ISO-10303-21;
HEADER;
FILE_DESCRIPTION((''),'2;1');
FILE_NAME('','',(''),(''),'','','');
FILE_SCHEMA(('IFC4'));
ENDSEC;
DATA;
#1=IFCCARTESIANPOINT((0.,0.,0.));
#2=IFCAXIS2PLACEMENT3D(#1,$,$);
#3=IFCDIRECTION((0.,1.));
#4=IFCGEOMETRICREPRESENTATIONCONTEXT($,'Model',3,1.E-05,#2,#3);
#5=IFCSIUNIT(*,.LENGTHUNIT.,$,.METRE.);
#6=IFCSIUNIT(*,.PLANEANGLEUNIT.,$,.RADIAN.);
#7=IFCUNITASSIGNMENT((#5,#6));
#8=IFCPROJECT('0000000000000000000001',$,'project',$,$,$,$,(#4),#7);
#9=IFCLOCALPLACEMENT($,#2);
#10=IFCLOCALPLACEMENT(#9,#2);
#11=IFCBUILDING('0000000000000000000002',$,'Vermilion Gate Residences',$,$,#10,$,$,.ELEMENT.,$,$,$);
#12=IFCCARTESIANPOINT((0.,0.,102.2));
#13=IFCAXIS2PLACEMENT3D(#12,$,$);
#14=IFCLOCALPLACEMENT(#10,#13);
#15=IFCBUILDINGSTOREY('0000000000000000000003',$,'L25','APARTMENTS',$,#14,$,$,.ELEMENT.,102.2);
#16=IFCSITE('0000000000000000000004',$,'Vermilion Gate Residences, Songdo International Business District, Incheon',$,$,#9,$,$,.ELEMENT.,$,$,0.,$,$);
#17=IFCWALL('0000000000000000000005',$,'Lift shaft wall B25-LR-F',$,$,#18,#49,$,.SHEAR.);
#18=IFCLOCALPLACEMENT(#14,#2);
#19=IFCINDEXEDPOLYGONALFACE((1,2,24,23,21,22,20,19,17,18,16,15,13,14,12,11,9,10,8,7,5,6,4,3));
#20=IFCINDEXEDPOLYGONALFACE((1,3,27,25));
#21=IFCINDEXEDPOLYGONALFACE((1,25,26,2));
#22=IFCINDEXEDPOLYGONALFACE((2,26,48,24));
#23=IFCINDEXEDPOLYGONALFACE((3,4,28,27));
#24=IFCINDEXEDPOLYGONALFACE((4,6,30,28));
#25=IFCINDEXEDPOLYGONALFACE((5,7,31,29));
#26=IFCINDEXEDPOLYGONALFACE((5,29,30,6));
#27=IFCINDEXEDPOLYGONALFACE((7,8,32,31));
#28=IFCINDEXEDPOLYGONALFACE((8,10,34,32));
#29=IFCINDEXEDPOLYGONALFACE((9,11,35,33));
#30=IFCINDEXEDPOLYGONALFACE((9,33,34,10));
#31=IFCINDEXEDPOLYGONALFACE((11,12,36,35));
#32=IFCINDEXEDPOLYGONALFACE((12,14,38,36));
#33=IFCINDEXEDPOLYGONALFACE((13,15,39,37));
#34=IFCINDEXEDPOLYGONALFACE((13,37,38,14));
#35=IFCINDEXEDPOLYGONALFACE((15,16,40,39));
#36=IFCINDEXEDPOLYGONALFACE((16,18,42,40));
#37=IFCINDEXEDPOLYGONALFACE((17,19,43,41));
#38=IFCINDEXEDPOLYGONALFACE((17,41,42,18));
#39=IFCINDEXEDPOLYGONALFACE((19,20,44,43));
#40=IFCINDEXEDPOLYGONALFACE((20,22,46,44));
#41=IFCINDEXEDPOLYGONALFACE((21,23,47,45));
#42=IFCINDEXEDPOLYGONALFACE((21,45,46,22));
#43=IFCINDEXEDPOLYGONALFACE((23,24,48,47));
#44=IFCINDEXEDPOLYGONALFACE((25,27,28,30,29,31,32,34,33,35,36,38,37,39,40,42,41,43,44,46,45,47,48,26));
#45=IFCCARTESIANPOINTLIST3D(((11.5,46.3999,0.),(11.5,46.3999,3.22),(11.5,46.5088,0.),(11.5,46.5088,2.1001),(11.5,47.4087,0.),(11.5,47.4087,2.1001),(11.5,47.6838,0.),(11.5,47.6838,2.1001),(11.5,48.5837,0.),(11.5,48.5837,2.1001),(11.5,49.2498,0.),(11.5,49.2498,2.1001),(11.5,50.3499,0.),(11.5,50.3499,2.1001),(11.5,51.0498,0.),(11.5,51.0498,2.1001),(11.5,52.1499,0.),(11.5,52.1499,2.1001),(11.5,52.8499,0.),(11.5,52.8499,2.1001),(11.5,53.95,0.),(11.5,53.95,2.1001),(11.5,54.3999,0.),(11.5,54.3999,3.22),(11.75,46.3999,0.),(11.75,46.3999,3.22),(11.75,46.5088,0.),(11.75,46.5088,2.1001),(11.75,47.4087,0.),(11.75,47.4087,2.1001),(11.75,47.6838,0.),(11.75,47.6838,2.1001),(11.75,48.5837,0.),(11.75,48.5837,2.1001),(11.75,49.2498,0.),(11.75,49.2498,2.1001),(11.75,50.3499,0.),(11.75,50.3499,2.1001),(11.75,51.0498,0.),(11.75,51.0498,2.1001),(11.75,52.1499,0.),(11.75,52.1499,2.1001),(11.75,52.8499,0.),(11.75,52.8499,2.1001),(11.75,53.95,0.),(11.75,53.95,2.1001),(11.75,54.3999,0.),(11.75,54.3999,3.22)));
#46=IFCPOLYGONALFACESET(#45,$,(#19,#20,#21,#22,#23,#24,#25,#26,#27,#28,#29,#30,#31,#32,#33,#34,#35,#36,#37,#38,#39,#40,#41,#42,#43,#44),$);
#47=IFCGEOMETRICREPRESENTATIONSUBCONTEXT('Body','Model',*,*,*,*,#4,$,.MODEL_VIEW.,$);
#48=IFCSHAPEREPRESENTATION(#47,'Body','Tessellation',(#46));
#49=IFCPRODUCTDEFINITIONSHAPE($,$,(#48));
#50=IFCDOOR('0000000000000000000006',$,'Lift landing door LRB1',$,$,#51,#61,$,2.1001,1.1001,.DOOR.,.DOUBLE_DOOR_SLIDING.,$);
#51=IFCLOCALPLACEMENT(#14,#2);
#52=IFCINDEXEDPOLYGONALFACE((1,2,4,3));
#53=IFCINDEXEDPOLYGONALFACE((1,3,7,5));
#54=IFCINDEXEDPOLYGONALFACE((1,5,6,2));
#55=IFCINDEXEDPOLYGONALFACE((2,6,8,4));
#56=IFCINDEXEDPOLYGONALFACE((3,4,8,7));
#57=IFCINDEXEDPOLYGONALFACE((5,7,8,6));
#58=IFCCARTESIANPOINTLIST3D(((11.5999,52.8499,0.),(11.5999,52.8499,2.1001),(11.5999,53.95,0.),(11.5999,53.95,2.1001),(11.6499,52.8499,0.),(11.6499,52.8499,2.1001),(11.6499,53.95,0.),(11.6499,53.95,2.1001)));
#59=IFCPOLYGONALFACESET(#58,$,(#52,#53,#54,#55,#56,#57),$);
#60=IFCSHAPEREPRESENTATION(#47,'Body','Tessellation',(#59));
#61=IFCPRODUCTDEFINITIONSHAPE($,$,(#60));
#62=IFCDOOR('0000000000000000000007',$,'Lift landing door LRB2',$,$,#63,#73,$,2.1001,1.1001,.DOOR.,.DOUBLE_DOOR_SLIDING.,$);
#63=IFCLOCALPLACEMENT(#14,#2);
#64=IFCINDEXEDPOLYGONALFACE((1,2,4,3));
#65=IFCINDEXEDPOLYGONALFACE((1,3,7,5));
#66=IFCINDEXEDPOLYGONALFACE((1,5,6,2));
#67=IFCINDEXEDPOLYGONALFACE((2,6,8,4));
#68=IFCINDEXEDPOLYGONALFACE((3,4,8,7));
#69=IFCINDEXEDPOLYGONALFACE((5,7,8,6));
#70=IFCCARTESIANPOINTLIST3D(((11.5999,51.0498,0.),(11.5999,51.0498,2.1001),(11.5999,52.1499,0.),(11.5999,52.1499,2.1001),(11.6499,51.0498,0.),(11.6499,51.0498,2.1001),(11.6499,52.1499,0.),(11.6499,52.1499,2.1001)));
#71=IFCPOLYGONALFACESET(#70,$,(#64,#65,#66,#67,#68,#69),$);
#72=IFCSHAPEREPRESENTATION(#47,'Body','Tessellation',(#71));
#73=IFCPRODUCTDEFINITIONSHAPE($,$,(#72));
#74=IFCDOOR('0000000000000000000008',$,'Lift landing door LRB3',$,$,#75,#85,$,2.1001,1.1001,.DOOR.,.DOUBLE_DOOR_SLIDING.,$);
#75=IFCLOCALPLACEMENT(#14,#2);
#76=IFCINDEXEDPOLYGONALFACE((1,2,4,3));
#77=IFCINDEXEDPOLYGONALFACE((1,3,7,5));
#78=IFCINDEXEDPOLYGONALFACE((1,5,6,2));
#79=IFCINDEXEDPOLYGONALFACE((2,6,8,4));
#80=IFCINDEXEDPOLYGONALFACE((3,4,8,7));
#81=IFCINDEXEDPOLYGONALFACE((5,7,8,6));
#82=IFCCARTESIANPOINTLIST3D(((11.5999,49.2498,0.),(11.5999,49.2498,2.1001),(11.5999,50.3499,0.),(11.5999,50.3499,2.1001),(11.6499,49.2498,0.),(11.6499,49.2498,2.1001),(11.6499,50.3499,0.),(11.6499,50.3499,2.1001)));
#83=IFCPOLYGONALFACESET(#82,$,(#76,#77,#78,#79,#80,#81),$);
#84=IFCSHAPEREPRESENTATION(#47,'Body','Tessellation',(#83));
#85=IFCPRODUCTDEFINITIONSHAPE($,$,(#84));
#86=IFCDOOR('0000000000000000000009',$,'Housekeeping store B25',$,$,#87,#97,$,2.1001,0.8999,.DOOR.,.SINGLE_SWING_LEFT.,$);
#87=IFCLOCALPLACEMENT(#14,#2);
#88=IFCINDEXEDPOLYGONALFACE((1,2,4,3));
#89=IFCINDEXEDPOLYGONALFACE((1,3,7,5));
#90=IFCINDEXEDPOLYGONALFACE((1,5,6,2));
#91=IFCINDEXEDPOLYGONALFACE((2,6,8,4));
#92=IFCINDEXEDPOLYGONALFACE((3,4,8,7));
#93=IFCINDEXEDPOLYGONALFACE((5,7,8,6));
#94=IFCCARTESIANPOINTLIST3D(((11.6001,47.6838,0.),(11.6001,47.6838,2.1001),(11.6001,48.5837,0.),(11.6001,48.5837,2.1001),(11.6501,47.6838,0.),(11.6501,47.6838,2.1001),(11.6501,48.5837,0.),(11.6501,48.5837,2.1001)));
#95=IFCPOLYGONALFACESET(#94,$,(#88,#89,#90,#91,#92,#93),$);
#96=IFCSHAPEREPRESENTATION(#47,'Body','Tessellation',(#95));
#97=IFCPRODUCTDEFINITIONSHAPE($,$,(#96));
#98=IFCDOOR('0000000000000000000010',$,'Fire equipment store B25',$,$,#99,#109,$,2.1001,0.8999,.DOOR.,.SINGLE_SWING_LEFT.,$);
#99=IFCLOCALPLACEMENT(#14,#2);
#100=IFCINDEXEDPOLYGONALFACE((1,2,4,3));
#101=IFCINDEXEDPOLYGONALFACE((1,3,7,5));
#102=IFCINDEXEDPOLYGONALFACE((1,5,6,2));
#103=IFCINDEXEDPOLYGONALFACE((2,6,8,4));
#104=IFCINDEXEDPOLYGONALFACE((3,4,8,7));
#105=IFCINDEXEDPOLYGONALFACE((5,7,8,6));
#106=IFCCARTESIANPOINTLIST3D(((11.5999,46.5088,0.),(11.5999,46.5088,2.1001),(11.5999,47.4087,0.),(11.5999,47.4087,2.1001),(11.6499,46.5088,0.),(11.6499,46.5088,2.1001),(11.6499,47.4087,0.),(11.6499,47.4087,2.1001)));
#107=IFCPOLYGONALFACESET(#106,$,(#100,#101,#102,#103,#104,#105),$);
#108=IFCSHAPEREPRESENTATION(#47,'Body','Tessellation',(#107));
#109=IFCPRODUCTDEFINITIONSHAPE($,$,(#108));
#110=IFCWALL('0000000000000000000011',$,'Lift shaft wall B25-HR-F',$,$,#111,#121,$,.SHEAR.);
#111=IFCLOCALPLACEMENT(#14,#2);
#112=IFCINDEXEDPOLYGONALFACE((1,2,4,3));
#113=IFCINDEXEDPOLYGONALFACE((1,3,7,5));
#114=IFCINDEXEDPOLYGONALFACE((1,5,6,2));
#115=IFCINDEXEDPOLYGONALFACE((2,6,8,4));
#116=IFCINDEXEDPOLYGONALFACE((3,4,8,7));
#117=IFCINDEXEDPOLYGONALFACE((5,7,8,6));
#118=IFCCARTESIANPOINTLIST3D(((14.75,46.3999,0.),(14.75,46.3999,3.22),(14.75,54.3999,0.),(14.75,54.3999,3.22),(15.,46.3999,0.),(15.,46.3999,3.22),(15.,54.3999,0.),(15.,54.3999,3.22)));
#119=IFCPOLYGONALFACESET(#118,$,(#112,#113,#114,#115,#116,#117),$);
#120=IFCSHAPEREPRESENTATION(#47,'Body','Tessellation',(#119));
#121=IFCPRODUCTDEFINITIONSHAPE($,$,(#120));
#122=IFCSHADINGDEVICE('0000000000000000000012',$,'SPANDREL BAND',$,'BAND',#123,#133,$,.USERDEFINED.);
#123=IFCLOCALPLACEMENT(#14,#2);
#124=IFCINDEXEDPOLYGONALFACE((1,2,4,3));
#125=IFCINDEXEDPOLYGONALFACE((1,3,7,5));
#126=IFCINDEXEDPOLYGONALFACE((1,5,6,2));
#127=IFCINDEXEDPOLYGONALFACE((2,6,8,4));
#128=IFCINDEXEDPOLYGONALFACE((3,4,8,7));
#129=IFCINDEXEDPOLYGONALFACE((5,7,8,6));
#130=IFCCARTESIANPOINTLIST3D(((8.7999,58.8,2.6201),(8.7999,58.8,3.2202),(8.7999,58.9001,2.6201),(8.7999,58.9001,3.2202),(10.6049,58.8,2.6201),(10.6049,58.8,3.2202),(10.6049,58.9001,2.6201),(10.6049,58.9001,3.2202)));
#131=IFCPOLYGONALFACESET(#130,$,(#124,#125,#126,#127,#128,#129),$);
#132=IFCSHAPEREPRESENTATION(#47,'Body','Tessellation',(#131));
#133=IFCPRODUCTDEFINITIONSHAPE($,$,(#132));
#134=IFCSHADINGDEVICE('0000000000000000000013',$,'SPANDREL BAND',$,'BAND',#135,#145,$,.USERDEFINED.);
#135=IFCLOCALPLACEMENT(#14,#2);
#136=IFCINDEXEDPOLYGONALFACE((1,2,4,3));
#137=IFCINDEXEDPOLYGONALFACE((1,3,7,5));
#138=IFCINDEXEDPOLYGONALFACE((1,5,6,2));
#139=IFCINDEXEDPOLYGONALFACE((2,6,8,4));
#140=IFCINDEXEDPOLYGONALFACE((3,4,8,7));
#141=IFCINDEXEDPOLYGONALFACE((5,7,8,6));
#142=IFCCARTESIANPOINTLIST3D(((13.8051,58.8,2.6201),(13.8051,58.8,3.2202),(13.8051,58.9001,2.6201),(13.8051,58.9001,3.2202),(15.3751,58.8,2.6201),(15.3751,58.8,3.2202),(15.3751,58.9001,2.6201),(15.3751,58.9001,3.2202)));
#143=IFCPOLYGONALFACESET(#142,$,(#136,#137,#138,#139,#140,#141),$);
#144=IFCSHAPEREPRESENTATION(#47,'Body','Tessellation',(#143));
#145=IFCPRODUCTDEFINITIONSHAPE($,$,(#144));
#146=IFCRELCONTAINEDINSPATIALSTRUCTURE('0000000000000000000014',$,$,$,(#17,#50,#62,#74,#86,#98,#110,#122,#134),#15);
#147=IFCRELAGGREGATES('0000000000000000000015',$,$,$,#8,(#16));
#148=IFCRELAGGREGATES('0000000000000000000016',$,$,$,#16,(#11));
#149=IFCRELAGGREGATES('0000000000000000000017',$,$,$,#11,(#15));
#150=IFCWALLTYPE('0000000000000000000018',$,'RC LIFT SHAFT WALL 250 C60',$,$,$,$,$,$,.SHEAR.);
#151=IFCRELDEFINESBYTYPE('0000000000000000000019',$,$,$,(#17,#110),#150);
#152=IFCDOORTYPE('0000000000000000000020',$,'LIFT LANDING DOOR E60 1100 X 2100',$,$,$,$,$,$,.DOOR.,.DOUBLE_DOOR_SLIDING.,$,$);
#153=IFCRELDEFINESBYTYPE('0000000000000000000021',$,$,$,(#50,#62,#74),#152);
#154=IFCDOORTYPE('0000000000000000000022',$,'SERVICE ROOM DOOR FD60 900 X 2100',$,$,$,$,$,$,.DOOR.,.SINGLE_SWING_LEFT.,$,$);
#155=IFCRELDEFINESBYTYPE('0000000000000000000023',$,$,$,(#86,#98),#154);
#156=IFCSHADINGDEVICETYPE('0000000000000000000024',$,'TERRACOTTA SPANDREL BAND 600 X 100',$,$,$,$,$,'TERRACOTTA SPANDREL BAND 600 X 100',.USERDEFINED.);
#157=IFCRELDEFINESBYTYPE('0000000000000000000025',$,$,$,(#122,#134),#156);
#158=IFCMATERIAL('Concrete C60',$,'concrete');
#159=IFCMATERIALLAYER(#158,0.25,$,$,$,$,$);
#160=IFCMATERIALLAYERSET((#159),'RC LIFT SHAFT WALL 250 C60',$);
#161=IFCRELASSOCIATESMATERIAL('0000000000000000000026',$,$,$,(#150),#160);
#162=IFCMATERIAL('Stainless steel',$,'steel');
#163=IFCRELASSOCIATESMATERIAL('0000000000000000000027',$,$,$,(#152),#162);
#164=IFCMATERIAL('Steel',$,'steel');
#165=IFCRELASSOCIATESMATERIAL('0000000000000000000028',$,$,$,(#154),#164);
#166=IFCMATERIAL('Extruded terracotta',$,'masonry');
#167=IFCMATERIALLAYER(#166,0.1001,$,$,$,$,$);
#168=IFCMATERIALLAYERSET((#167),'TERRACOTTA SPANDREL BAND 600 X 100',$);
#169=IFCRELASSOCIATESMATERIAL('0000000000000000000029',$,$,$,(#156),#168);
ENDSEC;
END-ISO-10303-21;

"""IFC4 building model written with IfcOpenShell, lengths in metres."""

from ifc_helpers import new_model, si_unit, direction, frame, frame_2d, origin, origin_2d, place, context, subcontext, project, spatial, rectangle, extrude, material, layer, layer_set, type_object, element, fill, save


model = new_model("IFC4")

# Units and contexts
model_context = context("Model", 3, precision=1e-05, world=origin(), true_north=direction((0.0, 1.0)))
body_context = subcontext(model_context, "Body", "Model", "MODEL_VIEW")
ifc_project = project(units=[si_unit("LENGTHUNIT", "METRE"), si_unit("PLANEANGLEUNIT", "RADIAN")], contexts=[model_context])

# Site, building, storey
site_placement = place(None, origin())
site = spatial("IfcSite", under=ifc_project, at=site_placement, Name="Vermilion Gate Residences, Songdo International Business District, Incheon", CompositionType="ELEMENT", RefElevation=0.0)
building_placement = place(site_placement, origin())
building = spatial("IfcBuilding", under=site, at=building_placement, Name="Vermilion Gate Residences", CompositionType="ELEMENT")
storey_placement = place(building_placement, frame((0.0, 0.0, 102.2)))
storey = spatial("IfcBuildingStorey", under=building, at=storey_placement, Name="L25", Description="APARTMENTS", CompositionType="ELEMENT", Elevation=102.2)

# Wall, openings, doors
ifc_material_1 = material(Name="Concrete C60", Category="concrete")
ifc_layer_1 = layer(ifc_material_1, 0.25)
ifc_layer_set_1 = layer_set([ifc_layer_1], Name="RC LIFT SHAFT WALL 250 C60")
wall_type_1 = type_object("IfcWallType", Name="RC LIFT SHAFT WALL 250 C60", PredefinedType="SHEAR", material=ifc_layer_set_1)
wall_1_placement = place(storey_placement, frame((11.625, 54.3999, 0.0), z_axis=(0.0, 0.0, 1.0), x_axis=(0.0, -1.0, 0.0)))
wall_1 = element("IfcWall", 1, at=wall_1_placement, inside=storey, type_object=wall_type_1, Name="Lift shaft wall B25-LR-F", PredefinedType="SHEAR", context=body_context, shape_type="SweptSolid", body=[
    extrude(rectangle(XDim=8.0, YDim=0.25, at=frame_2d((4.0, 0.0))), origin(), (0.0, 0.0, 1.0), 3.22),
])
opening_1_placement = place(wall_1_placement, frame((0.45, 0.0, 0.0)))
opening_1 = element("IfcOpeningElement", 2, at=opening_1_placement, cuts=wall_1, PredefinedType="OPENING", context=body_context, shape_type="SweptSolid", body=[
    extrude(rectangle(XDim=1.1001, YDim=2.1001, at=frame_2d((0.55, 1.05))), frame((0.0, 0.135, 0.0), z_axis=(0.0, -1.0, 0.0), x_axis=(1.0, 0.0, 0.0)), (0.0, 0.0, 1.0), 0.27),
])
opening_2_placement = place(wall_1_placement, frame((2.25, 0.0, 0.0)))
opening_2 = element("IfcOpeningElement", 3, at=opening_2_placement, cuts=wall_1, PredefinedType="OPENING", context=body_context, shape_type="SweptSolid", body=[
    extrude(rectangle(XDim=1.1001, YDim=2.1001, at=frame_2d((0.55, 1.05))), frame((0.0, 0.135, 0.0), z_axis=(0.0, -1.0, 0.0), x_axis=(1.0, 0.0, 0.0)), (0.0, 0.0, 1.0), 0.27),
])
opening_3_placement = place(wall_1_placement, frame((4.05, 0.0, 0.0)))
opening_3 = element("IfcOpeningElement", 4, at=opening_3_placement, cuts=wall_1, PredefinedType="OPENING", context=body_context, shape_type="SweptSolid", body=[
    extrude(rectangle(XDim=1.1001, YDim=2.1001, at=frame_2d((0.55, 1.05))), frame((0.0, 0.135, 0.0), z_axis=(0.0, -1.0, 0.0), x_axis=(1.0, 0.0, 0.0)), (0.0, 0.0, 1.0), 0.27),
])
opening_4_placement = place(wall_1_placement, frame((5.8162, 0.0, 0.0)))
opening_4 = element("IfcOpeningElement", 5, at=opening_4_placement, cuts=wall_1, PredefinedType="OPENING", context=body_context, shape_type="SweptSolid", body=[
    extrude(rectangle(XDim=0.8999, YDim=2.1001, at=frame_2d((0.45, 1.05))), frame((0.0, 0.135, 0.0), z_axis=(0.0, -1.0, 0.0), x_axis=(1.0, 0.0, 0.0)), (0.0, 0.0, 1.0), 0.27),
])
opening_5_placement = place(wall_1_placement, frame((6.9912, 0.0, 0.0)))
opening_5 = element("IfcOpeningElement", 6, at=opening_5_placement, cuts=wall_1, PredefinedType="OPENING", context=body_context, shape_type="SweptSolid", body=[
    extrude(rectangle(XDim=0.8999, YDim=2.1001, at=frame_2d((0.45, 1.05))), frame((0.0, 0.135, 0.0), z_axis=(0.0, -1.0, 0.0), x_axis=(1.0, 0.0, 0.0)), (0.0, 0.0, 1.0), 0.27),
])
ifc_material_2 = material(Name="Stainless steel", Category="steel")
door_type_1 = type_object("IfcDoorType", Name="LIFT LANDING DOOR E60 1100 X 2100", OperationType="DOUBLE_DOOR_SLIDING", PredefinedType="DOOR", material=ifc_material_2)
door_1_placement = place(opening_1_placement, origin())
door_1 = element("IfcDoor", 7, at=door_1_placement, inside=storey, type_object=door_type_1, Name="Lift landing door LRB1", OperationType="DOUBLE_DOOR_SLIDING", OverallHeight=2.1001, OverallWidth=1.1001, PredefinedType="DOOR", context=body_context, shape_type="SweptSolid", body=[
    extrude(rectangle(XDim=1.1001, YDim=2.1001, at=frame_2d((0.55, 1.05))), frame((0.0, 0.0249, 0.0), z_axis=(0.0, -1.0, 0.0), x_axis=(1.0, 0.0, 0.0)), (0.0, 0.0, 1.0), 0.05),
])
fill(opening_1, door_1)
door_2_placement = place(opening_2_placement, origin())
door_2 = element("IfcDoor", 8, at=door_2_placement, inside=storey, type_object=door_type_1, Name="Lift landing door LRB2", OperationType="DOUBLE_DOOR_SLIDING", OverallHeight=2.1001, OverallWidth=1.1001, PredefinedType="DOOR", context=body_context, shape_type="SweptSolid", body=[
    extrude(rectangle(XDim=1.1001, YDim=2.1001, at=frame_2d((0.55, 1.05))), frame((0.0, 0.0249, 0.0), z_axis=(0.0, -1.0, 0.0), x_axis=(1.0, 0.0, 0.0)), (0.0, 0.0, 1.0), 0.05),
])
fill(opening_2, door_2)
door_3_placement = place(opening_3_placement, origin())
door_3 = element("IfcDoor", 9, at=door_3_placement, inside=storey, type_object=door_type_1, Name="Lift landing door LRB3", OperationType="DOUBLE_DOOR_SLIDING", OverallHeight=2.1001, OverallWidth=1.1001, PredefinedType="DOOR", context=body_context, shape_type="SweptSolid", body=[
    extrude(rectangle(XDim=1.1001, YDim=2.1001, at=frame_2d((0.55, 1.05))), frame((0.0, 0.0249, 0.0), z_axis=(0.0, -1.0, 0.0), x_axis=(1.0, 0.0, 0.0)), (0.0, 0.0, 1.0), 0.05),
])
fill(opening_3, door_3)
ifc_material_3 = material(Name="Steel", Category="steel")
door_type_2 = type_object("IfcDoorType", Name="SERVICE ROOM DOOR FD60 900 X 2100", OperationType="SINGLE_SWING_LEFT", PredefinedType="DOOR", material=ifc_material_3)
door_4_placement = place(opening_4_placement, frame((0.8999, 0.0, 0.0), z_axis=(0.0, 0.0, 1.0), x_axis=(-1.0, 0.0, 0.0)))
door_4 = element("IfcDoor", 10, at=door_4_placement, inside=storey, type_object=door_type_2, Name="Housekeeping store B25", OperationType="SINGLE_SWING_LEFT", OverallHeight=2.1001, OverallWidth=0.8999, PredefinedType="DOOR", context=body_context, shape_type="SweptSolid", body=[
    extrude(rectangle(XDim=0.8999, YDim=2.1001, at=frame_2d((0.45, 1.05))), frame((0.0, 0.0249, 0.0), z_axis=(0.0, -1.0, 0.0), x_axis=(1.0, 0.0, 0.0)), (0.0, 0.0, 1.0), 0.05),
])
fill(opening_4, door_4)
door_5_placement = place(opening_5_placement, origin())
door_5 = element("IfcDoor", 11, at=door_5_placement, inside=storey, type_object=door_type_2, Name="Fire equipment store B25", OperationType="SINGLE_SWING_LEFT", OverallHeight=2.1001, OverallWidth=0.8999, PredefinedType="DOOR", context=body_context, shape_type="SweptSolid", body=[
    extrude(rectangle(XDim=0.8999, YDim=2.1001, at=frame_2d((0.45, 1.05))), frame((0.0, 0.0249, 0.0), z_axis=(0.0, -1.0, 0.0), x_axis=(1.0, 0.0, 0.0)), (0.0, 0.0, 1.0), 0.05),
])
fill(opening_5, door_5)

# Wall
wall_2_placement = place(storey_placement, frame((14.875, 54.3999, 0.0), z_axis=(0.0, 0.0, 1.0), x_axis=(0.0, -1.0, 0.0)))
element("IfcWall", 12, at=wall_2_placement, inside=storey, type_object=wall_type_1, Name="Lift shaft wall B25-HR-F", PredefinedType="SHEAR", context=body_context, shape_type="SweptSolid", body=[
    extrude(rectangle(XDim=8.0, YDim=0.25, at=frame_2d((4.0, 0.0))), origin(), (0.0, 0.0, 1.0), 3.22),
])

# Shading devices
ifc_material_4 = material(Name="Extruded terracotta", Category="masonry")
ifc_layer_2 = layer(ifc_material_4, 0.1001)
ifc_layer_set_2 = layer_set([ifc_layer_2], Name="TERRACOTTA SPANDREL BAND 600 X 100")
shading_device_type = type_object("IfcShadingDeviceType", Name="TERRACOTTA SPANDREL BAND 600 X 100", ElementType="TERRACOTTA SPANDREL BAND 600 X 100", PredefinedType="USERDEFINED", material=ifc_layer_set_2)
shading_device_1_placement = place(storey_placement, frame((9.7024, 58.8501, 2.6201), z_axis=(0.0, 0.0, 1.0), x_axis=(1.0, 0.0, 0.0)))
element("IfcShadingDevice", 13, at=shading_device_1_placement, inside=storey, type_object=shading_device_type, Name="SPANDREL BAND", ObjectType="BAND", PredefinedType="USERDEFINED", context=body_context, shape_type="SweptSolid", body=[
    extrude(rectangle(XDim=1.8049, YDim=0.1001, at=origin_2d()), origin(), (0.0, 0.0, 1.0), 0.6001),
])
shading_device_2_placement = place(storey_placement, frame((14.5901, 58.8501, 2.6201), z_axis=(0.0, 0.0, 1.0), x_axis=(1.0, 0.0, 0.0)))
element("IfcShadingDevice", 14, at=shading_device_2_placement, inside=storey, type_object=shading_device_type, Name="SPANDREL BAND", ObjectType="BAND", PredefinedType="USERDEFINED", context=body_context, shape_type="SweptSolid", body=[
    extrude(rectangle(XDim=1.5701, YDim=0.1001, at=origin_2d()), origin(), (0.0, 0.0, 1.0), 0.6001),
])

save(model, "model.ifc")
